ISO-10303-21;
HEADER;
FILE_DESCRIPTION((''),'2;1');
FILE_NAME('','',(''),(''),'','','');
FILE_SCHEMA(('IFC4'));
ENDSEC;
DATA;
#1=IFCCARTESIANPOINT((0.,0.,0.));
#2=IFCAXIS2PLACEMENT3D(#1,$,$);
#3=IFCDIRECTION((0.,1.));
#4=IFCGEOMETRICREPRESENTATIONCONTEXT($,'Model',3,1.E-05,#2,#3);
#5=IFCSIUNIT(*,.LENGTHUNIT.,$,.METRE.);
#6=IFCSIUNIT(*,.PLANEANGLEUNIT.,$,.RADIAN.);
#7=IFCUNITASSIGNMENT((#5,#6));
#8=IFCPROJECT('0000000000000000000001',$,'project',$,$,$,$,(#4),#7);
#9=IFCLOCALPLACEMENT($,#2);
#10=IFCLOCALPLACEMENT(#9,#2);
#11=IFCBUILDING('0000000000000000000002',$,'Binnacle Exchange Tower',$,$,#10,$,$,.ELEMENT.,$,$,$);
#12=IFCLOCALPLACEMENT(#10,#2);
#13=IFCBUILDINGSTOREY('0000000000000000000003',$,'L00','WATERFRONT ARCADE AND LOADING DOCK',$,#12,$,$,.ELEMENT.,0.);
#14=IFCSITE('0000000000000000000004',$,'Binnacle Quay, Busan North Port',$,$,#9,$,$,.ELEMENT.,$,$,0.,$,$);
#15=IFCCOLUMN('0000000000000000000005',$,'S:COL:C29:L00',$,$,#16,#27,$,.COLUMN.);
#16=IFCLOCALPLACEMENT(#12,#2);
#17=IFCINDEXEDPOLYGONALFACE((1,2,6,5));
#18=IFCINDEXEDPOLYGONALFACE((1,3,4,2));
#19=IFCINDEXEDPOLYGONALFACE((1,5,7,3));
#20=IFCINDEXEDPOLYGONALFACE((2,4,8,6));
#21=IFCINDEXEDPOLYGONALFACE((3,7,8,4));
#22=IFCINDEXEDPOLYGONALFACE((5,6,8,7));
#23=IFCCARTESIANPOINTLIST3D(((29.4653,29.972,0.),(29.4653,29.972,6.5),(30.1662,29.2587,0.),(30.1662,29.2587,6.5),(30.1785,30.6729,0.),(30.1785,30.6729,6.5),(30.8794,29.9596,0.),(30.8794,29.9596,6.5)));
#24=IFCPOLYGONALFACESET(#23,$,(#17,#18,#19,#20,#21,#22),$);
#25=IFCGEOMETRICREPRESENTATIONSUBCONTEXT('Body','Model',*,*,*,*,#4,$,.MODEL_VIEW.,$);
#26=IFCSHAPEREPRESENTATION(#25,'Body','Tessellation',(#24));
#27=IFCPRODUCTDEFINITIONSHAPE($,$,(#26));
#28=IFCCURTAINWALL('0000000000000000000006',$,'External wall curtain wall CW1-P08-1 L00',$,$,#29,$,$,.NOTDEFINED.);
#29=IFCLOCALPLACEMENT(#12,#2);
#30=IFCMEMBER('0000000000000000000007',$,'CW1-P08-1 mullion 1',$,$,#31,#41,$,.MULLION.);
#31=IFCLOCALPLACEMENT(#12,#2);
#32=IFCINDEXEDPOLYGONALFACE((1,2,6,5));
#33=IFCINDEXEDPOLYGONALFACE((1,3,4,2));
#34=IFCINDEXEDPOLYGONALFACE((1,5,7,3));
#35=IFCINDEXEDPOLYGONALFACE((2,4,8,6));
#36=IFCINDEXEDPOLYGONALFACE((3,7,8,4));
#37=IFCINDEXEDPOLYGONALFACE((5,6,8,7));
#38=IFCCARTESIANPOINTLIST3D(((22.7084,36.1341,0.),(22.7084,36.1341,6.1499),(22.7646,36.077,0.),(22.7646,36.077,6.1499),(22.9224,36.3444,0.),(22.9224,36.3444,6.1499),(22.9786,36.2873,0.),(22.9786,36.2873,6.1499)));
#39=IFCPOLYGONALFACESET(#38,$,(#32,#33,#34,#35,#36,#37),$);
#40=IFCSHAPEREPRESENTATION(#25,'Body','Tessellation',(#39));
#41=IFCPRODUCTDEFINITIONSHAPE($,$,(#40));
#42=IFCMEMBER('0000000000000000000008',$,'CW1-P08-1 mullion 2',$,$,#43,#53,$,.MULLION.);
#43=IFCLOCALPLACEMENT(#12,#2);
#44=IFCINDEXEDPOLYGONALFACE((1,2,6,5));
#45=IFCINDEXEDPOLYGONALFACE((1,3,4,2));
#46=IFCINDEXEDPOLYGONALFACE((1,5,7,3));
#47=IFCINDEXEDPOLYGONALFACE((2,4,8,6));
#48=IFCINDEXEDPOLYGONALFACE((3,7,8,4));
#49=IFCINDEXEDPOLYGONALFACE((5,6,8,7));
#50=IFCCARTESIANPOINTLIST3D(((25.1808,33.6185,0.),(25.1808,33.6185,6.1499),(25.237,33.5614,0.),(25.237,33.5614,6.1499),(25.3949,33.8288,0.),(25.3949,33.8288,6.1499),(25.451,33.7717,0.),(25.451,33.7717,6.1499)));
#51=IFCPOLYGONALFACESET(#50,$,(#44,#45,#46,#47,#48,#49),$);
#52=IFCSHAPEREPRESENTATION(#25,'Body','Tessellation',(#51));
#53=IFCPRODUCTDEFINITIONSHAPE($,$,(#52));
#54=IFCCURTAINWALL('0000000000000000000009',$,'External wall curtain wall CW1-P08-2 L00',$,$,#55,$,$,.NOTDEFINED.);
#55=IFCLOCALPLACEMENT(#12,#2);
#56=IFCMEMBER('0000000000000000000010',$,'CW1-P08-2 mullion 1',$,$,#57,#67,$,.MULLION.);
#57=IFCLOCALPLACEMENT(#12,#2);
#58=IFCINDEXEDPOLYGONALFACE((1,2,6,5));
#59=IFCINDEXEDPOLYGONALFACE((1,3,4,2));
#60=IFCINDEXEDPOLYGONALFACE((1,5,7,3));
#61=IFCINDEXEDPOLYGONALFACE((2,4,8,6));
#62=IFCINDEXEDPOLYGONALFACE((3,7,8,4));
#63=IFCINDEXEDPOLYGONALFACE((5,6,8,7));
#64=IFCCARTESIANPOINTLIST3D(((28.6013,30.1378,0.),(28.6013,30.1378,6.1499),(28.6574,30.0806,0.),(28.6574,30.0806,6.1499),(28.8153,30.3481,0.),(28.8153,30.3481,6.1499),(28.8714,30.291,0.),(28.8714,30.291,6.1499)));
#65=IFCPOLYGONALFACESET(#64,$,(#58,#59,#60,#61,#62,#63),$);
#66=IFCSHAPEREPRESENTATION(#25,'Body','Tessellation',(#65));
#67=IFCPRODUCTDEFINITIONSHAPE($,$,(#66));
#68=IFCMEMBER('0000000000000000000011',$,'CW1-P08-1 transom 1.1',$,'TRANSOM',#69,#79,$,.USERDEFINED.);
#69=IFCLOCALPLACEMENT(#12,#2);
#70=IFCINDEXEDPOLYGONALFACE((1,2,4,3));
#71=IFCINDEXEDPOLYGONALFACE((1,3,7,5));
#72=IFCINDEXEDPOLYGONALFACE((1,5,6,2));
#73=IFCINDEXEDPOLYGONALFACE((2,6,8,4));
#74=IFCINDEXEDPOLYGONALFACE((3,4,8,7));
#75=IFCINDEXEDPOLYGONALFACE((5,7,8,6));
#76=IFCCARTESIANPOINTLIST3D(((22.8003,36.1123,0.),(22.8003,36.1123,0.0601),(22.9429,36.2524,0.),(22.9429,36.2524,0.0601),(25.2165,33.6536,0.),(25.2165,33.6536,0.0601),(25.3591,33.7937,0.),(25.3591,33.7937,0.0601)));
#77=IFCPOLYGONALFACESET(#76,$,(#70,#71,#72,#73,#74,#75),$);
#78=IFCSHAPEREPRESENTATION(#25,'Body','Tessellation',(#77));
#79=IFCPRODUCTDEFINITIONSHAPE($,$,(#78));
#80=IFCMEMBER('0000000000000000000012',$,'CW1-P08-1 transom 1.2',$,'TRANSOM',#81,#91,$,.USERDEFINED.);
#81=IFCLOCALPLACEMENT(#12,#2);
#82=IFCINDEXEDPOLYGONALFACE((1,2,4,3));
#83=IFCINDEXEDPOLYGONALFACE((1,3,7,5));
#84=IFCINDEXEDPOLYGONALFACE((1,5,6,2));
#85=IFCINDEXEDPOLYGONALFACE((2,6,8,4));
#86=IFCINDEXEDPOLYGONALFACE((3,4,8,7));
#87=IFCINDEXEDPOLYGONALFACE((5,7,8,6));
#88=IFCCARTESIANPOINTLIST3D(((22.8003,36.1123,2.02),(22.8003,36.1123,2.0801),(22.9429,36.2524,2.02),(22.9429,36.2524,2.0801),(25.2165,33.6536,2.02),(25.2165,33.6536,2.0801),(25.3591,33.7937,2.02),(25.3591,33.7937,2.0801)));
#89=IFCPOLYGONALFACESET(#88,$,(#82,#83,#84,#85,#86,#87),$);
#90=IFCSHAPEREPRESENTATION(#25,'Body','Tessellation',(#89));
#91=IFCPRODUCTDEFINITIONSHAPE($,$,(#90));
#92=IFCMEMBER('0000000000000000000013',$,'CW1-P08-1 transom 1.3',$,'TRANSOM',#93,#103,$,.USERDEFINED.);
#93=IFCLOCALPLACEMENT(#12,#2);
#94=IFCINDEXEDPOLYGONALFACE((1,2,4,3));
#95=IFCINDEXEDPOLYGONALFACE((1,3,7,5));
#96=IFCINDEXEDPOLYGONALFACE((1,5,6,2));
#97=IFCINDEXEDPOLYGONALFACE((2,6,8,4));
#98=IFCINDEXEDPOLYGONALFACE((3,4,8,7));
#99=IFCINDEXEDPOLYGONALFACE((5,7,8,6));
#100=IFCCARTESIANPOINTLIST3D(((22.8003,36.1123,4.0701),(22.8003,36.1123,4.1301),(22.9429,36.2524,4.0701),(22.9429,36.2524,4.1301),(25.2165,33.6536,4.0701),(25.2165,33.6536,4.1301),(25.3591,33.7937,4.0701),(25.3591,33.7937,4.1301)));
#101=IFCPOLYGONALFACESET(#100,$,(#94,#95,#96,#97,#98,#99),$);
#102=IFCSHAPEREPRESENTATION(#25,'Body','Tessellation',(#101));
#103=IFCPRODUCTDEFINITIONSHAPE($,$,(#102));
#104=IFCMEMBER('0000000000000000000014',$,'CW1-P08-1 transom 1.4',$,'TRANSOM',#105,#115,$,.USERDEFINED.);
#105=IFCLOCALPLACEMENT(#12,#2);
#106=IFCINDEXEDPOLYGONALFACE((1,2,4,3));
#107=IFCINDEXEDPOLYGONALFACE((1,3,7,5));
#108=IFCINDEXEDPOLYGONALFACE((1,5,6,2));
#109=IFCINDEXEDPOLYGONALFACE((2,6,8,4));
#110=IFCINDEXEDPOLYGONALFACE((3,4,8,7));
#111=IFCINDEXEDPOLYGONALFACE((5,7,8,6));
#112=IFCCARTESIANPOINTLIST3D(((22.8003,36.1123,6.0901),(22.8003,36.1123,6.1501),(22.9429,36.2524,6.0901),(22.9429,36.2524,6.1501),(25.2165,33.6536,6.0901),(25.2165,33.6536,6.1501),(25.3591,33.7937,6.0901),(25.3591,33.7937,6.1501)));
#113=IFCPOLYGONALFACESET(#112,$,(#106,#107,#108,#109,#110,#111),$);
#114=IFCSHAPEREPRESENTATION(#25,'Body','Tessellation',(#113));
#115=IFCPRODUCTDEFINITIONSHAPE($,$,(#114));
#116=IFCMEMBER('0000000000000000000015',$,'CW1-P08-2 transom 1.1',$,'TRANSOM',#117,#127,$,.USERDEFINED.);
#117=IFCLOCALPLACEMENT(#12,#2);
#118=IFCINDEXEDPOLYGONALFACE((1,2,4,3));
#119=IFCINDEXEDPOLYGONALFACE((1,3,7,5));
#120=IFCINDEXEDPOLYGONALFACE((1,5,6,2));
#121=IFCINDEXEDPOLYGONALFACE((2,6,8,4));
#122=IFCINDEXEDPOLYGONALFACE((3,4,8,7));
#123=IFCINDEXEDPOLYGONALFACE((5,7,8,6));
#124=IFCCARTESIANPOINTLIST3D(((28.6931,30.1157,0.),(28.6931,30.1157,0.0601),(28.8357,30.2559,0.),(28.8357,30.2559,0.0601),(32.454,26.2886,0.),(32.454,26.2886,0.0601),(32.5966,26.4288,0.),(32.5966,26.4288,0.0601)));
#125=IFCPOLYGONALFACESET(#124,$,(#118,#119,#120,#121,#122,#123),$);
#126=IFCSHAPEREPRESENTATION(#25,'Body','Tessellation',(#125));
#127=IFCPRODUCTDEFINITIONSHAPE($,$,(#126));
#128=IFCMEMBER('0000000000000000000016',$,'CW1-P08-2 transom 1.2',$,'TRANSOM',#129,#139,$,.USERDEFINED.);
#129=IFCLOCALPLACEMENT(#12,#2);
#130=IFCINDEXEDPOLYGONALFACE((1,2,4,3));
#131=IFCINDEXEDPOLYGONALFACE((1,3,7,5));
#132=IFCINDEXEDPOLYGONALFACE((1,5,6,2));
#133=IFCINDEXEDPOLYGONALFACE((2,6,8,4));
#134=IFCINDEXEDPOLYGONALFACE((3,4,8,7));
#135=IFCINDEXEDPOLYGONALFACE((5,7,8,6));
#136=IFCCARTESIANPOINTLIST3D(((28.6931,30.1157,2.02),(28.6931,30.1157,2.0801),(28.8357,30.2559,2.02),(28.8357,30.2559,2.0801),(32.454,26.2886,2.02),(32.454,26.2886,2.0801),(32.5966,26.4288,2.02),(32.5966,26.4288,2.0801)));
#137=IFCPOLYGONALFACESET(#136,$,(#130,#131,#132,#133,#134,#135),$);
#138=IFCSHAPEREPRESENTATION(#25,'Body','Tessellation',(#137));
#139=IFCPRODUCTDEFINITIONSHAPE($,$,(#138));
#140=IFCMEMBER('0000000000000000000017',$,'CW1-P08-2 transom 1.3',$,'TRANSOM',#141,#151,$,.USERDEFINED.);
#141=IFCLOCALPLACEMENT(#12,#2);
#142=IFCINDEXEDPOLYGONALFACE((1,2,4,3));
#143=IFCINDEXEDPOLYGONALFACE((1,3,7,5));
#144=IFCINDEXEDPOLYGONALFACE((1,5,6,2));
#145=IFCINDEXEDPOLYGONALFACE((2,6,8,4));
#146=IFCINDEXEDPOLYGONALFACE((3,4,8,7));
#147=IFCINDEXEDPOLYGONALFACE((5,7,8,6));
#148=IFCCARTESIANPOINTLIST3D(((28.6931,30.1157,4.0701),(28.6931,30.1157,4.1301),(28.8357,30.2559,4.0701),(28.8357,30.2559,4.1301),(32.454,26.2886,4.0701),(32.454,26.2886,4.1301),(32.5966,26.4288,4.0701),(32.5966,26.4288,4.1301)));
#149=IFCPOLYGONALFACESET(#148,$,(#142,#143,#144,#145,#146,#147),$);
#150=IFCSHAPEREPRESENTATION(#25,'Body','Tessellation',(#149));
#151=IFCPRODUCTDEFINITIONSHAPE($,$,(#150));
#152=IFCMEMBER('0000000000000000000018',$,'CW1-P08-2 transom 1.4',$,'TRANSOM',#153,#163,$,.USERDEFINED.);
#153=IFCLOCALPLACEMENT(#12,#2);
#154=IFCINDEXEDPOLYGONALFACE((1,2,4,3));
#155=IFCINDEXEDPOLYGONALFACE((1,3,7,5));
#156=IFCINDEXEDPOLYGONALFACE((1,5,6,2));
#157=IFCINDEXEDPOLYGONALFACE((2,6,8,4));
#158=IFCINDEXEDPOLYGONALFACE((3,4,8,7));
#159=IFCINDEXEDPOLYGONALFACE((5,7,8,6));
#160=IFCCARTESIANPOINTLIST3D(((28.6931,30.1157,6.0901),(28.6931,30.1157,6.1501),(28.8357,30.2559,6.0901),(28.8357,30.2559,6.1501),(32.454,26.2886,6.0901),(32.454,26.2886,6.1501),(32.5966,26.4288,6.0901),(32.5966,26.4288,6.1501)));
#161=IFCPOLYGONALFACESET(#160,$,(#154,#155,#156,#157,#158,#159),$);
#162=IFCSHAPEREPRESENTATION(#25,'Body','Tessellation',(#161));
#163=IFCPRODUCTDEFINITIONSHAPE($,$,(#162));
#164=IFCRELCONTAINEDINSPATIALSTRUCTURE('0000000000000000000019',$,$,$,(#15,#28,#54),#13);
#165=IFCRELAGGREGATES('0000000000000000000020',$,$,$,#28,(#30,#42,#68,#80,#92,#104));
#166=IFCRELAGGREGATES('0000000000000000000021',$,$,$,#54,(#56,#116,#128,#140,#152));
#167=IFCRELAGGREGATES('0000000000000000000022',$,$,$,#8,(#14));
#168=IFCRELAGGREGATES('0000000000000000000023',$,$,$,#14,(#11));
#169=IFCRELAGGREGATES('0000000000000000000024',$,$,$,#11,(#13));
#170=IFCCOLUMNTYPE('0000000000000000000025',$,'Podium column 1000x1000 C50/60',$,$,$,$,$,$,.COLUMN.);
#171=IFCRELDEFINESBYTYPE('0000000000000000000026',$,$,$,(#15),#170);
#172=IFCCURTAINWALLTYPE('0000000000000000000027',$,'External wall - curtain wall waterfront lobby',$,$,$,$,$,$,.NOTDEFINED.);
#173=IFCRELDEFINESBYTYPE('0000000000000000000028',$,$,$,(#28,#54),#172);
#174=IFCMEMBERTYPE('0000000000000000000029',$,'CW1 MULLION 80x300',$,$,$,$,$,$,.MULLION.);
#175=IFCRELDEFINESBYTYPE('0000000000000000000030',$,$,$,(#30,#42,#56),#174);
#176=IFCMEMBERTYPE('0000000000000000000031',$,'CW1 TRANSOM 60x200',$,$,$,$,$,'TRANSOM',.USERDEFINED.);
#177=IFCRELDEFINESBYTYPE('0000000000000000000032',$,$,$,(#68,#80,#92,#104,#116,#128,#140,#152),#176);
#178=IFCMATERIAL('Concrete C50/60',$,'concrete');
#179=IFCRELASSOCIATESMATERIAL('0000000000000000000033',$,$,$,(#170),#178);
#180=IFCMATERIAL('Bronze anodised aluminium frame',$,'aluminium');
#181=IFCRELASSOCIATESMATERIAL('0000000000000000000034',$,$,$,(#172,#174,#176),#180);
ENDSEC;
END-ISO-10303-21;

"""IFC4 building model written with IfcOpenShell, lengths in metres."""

from ifc_helpers import new_model, si_unit, direction, frame, origin, origin_2d, place, context, subcontext, project, spatial, rectangle, extrude, material, material_profile, profile_set, type_object, element, aggregate, save


model = new_model("IFC4")

# Units and contexts
model_context = context("Model", 3, precision=1e-05, world=origin(), true_north=direction((0.0, 1.0)))
body_context = subcontext(model_context, "Body", "Model", "MODEL_VIEW")
ifc_project = project(units=[si_unit("LENGTHUNIT", "METRE"), si_unit("PLANEANGLEUNIT", "RADIAN")], contexts=[model_context])

# Site, building, storey
site_placement = place(None, origin())
site = spatial("IfcSite", under=ifc_project, at=site_placement, Name="Binnacle Quay, Busan North Port", CompositionType="ELEMENT", RefElevation=0.0)
building_placement = place(site_placement, origin())
building = spatial("IfcBuilding", under=site, at=building_placement, Name="Binnacle Exchange Tower", CompositionType="ELEMENT")
storey_placement = place(building_placement, origin())
storey = spatial("IfcBuildingStorey", under=building, at=storey_placement, Name="L00", Description="WATERFRONT ARCADE AND LOADING DOCK", CompositionType="ELEMENT", Elevation=0.0)

# Column
ifc_material_1 = material(Name="Concrete C50/60", Category="concrete")
ifc_material_profile_1 = material_profile(ifc_material_1, rectangle(XDim=1.0, YDim=1.0, at=origin_2d()), Name="Podium column 1000x1000 C50/60")
ifc_profile_set_1 = profile_set([ifc_material_profile_1], Name="Concrete C50/60")
column_type = type_object("IfcColumnType", Name="Podium column 1000x1000 C50/60", PredefinedType="COLUMN", material=ifc_profile_set_1)
column_placement = place(storey_placement, frame((30.1724, 29.9658, 0.0), z_axis=(0.0, 0.0, 1.0), x_axis=(0.700909, -0.71325, 0.0)))
element("IfcColumn", 1, at=column_placement, inside=storey, type_object=column_type, Name="S:COL:C29:L00", PredefinedType="COLUMN", context=body_context, shape_type="SweptSolid", body=[
    extrude(rectangle(XDim=1.0, YDim=1.0, at=origin_2d()), origin(), (0.0, 0.0, 1.0), 6.5),
])

# Curtain wall, members
ifc_material_2 = material(Name="Bronze anodised aluminium frame", Category="aluminium")
curtain_wall_type = type_object("IfcCurtainWallType", Name="External wall - curtain wall waterfront lobby", PredefinedType="NOTDEFINED", material=ifc_material_2)
curtain_wall_1_placement = place(storey_placement, origin())
curtain_wall_1 = element("IfcCurtainWall", 2, at=curtain_wall_1_placement, inside=storey, type_object=curtain_wall_type, Name="External wall curtain wall CW1-P08-1 L00", PredefinedType="NOTDEFINED")
ifc_material_profile_2 = material_profile(ifc_material_2, rectangle(XDim=0.3, YDim=0.0801, at=origin_2d()), Name="AL 80x300")
ifc_profile_set_2 = profile_set([ifc_material_profile_2], Name="Bronze anodised aluminium frame")
member_type_1 = type_object("IfcMemberType", Name="CW1 MULLION 80x300", PredefinedType="MULLION", material=ifc_profile_set_2)
member_1_placement = place(storey_placement, frame((22.8435, 36.2107, 0.0), z_axis=(0.0, 0.0, 1.0), x_axis=(0.71325, 0.700909, 0.0)))
member_1 = element("IfcMember", 3, at=member_1_placement, type_object=member_type_1, Name="CW1-P08-1 mullion 1", PredefinedType="MULLION", context=body_context, shape_type="SweptSolid", body=[
    extrude(rectangle(XDim=0.3, YDim=0.0801, at=origin_2d()), origin(), (0.0, 0.0, 1.0), 6.1499),
])
member_2_placement = place(storey_placement, frame((25.3159, 33.6951, 0.0), z_axis=(0.0, 0.0, 1.0), x_axis=(0.71325, 0.700909, 0.0)))
member_2 = element("IfcMember", 4, at=member_2_placement, type_object=member_type_1, Name="CW1-P08-1 mullion 2", PredefinedType="MULLION", context=body_context, shape_type="SweptSolid", body=[
    extrude(rectangle(XDim=0.3, YDim=0.0801, at=origin_2d()), origin(), (0.0, 0.0, 1.0), 6.1499),
])

# Curtain wall, member
curtain_wall_2_placement = place(storey_placement, origin())
curtain_wall_2 = element("IfcCurtainWall", 5, at=curtain_wall_2_placement, inside=storey, type_object=curtain_wall_type, Name="External wall curtain wall CW1-P08-2 L00", PredefinedType="NOTDEFINED")
member_3_placement = place(storey_placement, frame((28.7363, 30.2144, 0.0), z_axis=(0.0, 0.0, 1.0), x_axis=(0.71325, 0.700909, 0.0)))
member_3 = element("IfcMember", 6, at=member_3_placement, type_object=member_type_1, Name="CW1-P08-2 mullion 1", PredefinedType="MULLION", context=body_context, shape_type="SweptSolid", body=[
    extrude(rectangle(XDim=0.3, YDim=0.0801, at=origin_2d()), origin(), (0.0, 0.0, 1.0), 6.1499),
])

# Members
ifc_material_profile_3 = material_profile(ifc_material_2, rectangle(XDim=0.2, YDim=0.0601, at=origin_2d()), Name="AL 200x60")
ifc_profile_set_3 = profile_set([ifc_material_profile_3], Name="Bronze anodised aluminium frame")
member_type_2 = type_object("IfcMemberType", Name="CW1 TRANSOM 60x200", ElementType="TRANSOM", PredefinedType="USERDEFINED", material=ifc_profile_set_3)
member_4_placement = place(storey_placement, frame((22.8716, 36.1824, 0.03), z_axis=(0.700918, -0.713241, 0.0), x_axis=(0.713241, 0.700918, 0.0)))
member_4 = element("IfcMember", 7, at=member_4_placement, type_object=member_type_2, Name="CW1-P08-1 transom 1.1", ObjectType="TRANSOM", PredefinedType="USERDEFINED", context=body_context, shape_type="SweptSolid", body=[
    extrude(rectangle(XDim=0.2, YDim=0.0601, at=origin_2d()), origin(), (0.0, 0.0, 1.0), 3.4473),
])
member_5_placement = place(storey_placement, frame((22.8716, 36.1824, 2.05), z_axis=(0.700918, -0.713241, 0.0), x_axis=(0.713241, 0.700918, 0.0)))
member_5 = element("IfcMember", 8, at=member_5_placement, type_object=member_type_2, Name="CW1-P08-1 transom 1.2", ObjectType="TRANSOM", PredefinedType="USERDEFINED", context=body_context, shape_type="SweptSolid", body=[
    extrude(rectangle(XDim=0.2, YDim=0.0601, at=origin_2d()), origin(), (0.0, 0.0, 1.0), 3.4473),
])
member_6_placement = place(storey_placement, frame((22.8716, 36.1824, 4.1001), z_axis=(0.700918, -0.713241, 0.0), x_axis=(0.713241, 0.700918, 0.0)))
member_6 = element("IfcMember", 9, at=member_6_placement, type_object=member_type_2, Name="CW1-P08-1 transom 1.3", ObjectType="TRANSOM", PredefinedType="USERDEFINED", context=body_context, shape_type="SweptSolid", body=[
    extrude(rectangle(XDim=0.2, YDim=0.0601, at=origin_2d()), origin(), (0.0, 0.0, 1.0), 3.4473),
])
member_7_placement = place(storey_placement, frame((22.8716, 36.1824, 6.1201), z_axis=(0.700918, -0.713241, 0.0), x_axis=(0.713241, 0.700918, 0.0)))
member_7 = element("IfcMember", 10, at=member_7_placement, type_object=member_type_2, Name="CW1-P08-1 transom 1.4", ObjectType="TRANSOM", PredefinedType="USERDEFINED", context=body_context, shape_type="SweptSolid", body=[
    extrude(rectangle(XDim=0.2, YDim=0.0601, at=origin_2d()), origin(), (0.0, 0.0, 1.0), 3.4473),
])
member_8_placement = place(storey_placement, frame((28.7644, 30.1858, 0.03), z_axis=(0.700915, -0.713245, 0.0), x_axis=(0.713245, 0.700915, 0.0)))
member_8 = element("IfcMember", 11, at=member_8_placement, type_object=member_type_2, Name="CW1-P08-2 transom 1.1", ObjectType="TRANSOM", PredefinedType="USERDEFINED", context=body_context, shape_type="SweptSolid", body=[
    extrude(rectangle(XDim=0.2, YDim=0.0601, at=origin_2d()), origin(), (0.0, 0.0, 1.0), 5.3657),
])
member_9_placement = place(storey_placement, frame((28.7644, 30.1858, 2.05), z_axis=(0.700915, -0.713245, 0.0), x_axis=(0.713245, 0.700915, 0.0)))
member_9 = element("IfcMember", 12, at=member_9_placement, type_object=member_type_2, Name="CW1-P08-2 transom 1.2", ObjectType="TRANSOM", PredefinedType="USERDEFINED", context=body_context, shape_type="SweptSolid", body=[
    extrude(rectangle(XDim=0.2, YDim=0.0601, at=origin_2d()), origin(), (0.0, 0.0, 1.0), 5.3657),
])
member_10_placement = place(storey_placement, frame((28.7644, 30.1858, 4.1001), z_axis=(0.700915, -0.713245, 0.0), x_axis=(0.713245, 0.700915, 0.0)))
member_10 = element("IfcMember", 13, at=member_10_placement, type_object=member_type_2, Name="CW1-P08-2 transom 1.3", ObjectType="TRANSOM", PredefinedType="USERDEFINED", context=body_context, shape_type="SweptSolid", body=[
    extrude(rectangle(XDim=0.2, YDim=0.0601, at=origin_2d()), origin(), (0.0, 0.0, 1.0), 5.3657),
])
member_11_placement = place(storey_placement, frame((28.7644, 30.1858, 6.1201), z_axis=(0.700915, -0.713245, 0.0), x_axis=(0.713245, 0.700915, 0.0)))
member_11 = element("IfcMember", 14, at=member_11_placement, type_object=member_type_2, Name="CW1-P08-2 transom 1.4", ObjectType="TRANSOM", PredefinedType="USERDEFINED", context=body_context, shape_type="SweptSolid", body=[
    extrude(rectangle(XDim=0.2, YDim=0.0601, at=origin_2d()), origin(), (0.0, 0.0, 1.0), 5.3657),
])

aggregate(curtain_wall_1, [member_1, member_2, member_4, member_5, member_6, member_7])
aggregate(curtain_wall_2, [member_3, member_8, member_9, member_10, member_11])

save(model, "model.ifc")
